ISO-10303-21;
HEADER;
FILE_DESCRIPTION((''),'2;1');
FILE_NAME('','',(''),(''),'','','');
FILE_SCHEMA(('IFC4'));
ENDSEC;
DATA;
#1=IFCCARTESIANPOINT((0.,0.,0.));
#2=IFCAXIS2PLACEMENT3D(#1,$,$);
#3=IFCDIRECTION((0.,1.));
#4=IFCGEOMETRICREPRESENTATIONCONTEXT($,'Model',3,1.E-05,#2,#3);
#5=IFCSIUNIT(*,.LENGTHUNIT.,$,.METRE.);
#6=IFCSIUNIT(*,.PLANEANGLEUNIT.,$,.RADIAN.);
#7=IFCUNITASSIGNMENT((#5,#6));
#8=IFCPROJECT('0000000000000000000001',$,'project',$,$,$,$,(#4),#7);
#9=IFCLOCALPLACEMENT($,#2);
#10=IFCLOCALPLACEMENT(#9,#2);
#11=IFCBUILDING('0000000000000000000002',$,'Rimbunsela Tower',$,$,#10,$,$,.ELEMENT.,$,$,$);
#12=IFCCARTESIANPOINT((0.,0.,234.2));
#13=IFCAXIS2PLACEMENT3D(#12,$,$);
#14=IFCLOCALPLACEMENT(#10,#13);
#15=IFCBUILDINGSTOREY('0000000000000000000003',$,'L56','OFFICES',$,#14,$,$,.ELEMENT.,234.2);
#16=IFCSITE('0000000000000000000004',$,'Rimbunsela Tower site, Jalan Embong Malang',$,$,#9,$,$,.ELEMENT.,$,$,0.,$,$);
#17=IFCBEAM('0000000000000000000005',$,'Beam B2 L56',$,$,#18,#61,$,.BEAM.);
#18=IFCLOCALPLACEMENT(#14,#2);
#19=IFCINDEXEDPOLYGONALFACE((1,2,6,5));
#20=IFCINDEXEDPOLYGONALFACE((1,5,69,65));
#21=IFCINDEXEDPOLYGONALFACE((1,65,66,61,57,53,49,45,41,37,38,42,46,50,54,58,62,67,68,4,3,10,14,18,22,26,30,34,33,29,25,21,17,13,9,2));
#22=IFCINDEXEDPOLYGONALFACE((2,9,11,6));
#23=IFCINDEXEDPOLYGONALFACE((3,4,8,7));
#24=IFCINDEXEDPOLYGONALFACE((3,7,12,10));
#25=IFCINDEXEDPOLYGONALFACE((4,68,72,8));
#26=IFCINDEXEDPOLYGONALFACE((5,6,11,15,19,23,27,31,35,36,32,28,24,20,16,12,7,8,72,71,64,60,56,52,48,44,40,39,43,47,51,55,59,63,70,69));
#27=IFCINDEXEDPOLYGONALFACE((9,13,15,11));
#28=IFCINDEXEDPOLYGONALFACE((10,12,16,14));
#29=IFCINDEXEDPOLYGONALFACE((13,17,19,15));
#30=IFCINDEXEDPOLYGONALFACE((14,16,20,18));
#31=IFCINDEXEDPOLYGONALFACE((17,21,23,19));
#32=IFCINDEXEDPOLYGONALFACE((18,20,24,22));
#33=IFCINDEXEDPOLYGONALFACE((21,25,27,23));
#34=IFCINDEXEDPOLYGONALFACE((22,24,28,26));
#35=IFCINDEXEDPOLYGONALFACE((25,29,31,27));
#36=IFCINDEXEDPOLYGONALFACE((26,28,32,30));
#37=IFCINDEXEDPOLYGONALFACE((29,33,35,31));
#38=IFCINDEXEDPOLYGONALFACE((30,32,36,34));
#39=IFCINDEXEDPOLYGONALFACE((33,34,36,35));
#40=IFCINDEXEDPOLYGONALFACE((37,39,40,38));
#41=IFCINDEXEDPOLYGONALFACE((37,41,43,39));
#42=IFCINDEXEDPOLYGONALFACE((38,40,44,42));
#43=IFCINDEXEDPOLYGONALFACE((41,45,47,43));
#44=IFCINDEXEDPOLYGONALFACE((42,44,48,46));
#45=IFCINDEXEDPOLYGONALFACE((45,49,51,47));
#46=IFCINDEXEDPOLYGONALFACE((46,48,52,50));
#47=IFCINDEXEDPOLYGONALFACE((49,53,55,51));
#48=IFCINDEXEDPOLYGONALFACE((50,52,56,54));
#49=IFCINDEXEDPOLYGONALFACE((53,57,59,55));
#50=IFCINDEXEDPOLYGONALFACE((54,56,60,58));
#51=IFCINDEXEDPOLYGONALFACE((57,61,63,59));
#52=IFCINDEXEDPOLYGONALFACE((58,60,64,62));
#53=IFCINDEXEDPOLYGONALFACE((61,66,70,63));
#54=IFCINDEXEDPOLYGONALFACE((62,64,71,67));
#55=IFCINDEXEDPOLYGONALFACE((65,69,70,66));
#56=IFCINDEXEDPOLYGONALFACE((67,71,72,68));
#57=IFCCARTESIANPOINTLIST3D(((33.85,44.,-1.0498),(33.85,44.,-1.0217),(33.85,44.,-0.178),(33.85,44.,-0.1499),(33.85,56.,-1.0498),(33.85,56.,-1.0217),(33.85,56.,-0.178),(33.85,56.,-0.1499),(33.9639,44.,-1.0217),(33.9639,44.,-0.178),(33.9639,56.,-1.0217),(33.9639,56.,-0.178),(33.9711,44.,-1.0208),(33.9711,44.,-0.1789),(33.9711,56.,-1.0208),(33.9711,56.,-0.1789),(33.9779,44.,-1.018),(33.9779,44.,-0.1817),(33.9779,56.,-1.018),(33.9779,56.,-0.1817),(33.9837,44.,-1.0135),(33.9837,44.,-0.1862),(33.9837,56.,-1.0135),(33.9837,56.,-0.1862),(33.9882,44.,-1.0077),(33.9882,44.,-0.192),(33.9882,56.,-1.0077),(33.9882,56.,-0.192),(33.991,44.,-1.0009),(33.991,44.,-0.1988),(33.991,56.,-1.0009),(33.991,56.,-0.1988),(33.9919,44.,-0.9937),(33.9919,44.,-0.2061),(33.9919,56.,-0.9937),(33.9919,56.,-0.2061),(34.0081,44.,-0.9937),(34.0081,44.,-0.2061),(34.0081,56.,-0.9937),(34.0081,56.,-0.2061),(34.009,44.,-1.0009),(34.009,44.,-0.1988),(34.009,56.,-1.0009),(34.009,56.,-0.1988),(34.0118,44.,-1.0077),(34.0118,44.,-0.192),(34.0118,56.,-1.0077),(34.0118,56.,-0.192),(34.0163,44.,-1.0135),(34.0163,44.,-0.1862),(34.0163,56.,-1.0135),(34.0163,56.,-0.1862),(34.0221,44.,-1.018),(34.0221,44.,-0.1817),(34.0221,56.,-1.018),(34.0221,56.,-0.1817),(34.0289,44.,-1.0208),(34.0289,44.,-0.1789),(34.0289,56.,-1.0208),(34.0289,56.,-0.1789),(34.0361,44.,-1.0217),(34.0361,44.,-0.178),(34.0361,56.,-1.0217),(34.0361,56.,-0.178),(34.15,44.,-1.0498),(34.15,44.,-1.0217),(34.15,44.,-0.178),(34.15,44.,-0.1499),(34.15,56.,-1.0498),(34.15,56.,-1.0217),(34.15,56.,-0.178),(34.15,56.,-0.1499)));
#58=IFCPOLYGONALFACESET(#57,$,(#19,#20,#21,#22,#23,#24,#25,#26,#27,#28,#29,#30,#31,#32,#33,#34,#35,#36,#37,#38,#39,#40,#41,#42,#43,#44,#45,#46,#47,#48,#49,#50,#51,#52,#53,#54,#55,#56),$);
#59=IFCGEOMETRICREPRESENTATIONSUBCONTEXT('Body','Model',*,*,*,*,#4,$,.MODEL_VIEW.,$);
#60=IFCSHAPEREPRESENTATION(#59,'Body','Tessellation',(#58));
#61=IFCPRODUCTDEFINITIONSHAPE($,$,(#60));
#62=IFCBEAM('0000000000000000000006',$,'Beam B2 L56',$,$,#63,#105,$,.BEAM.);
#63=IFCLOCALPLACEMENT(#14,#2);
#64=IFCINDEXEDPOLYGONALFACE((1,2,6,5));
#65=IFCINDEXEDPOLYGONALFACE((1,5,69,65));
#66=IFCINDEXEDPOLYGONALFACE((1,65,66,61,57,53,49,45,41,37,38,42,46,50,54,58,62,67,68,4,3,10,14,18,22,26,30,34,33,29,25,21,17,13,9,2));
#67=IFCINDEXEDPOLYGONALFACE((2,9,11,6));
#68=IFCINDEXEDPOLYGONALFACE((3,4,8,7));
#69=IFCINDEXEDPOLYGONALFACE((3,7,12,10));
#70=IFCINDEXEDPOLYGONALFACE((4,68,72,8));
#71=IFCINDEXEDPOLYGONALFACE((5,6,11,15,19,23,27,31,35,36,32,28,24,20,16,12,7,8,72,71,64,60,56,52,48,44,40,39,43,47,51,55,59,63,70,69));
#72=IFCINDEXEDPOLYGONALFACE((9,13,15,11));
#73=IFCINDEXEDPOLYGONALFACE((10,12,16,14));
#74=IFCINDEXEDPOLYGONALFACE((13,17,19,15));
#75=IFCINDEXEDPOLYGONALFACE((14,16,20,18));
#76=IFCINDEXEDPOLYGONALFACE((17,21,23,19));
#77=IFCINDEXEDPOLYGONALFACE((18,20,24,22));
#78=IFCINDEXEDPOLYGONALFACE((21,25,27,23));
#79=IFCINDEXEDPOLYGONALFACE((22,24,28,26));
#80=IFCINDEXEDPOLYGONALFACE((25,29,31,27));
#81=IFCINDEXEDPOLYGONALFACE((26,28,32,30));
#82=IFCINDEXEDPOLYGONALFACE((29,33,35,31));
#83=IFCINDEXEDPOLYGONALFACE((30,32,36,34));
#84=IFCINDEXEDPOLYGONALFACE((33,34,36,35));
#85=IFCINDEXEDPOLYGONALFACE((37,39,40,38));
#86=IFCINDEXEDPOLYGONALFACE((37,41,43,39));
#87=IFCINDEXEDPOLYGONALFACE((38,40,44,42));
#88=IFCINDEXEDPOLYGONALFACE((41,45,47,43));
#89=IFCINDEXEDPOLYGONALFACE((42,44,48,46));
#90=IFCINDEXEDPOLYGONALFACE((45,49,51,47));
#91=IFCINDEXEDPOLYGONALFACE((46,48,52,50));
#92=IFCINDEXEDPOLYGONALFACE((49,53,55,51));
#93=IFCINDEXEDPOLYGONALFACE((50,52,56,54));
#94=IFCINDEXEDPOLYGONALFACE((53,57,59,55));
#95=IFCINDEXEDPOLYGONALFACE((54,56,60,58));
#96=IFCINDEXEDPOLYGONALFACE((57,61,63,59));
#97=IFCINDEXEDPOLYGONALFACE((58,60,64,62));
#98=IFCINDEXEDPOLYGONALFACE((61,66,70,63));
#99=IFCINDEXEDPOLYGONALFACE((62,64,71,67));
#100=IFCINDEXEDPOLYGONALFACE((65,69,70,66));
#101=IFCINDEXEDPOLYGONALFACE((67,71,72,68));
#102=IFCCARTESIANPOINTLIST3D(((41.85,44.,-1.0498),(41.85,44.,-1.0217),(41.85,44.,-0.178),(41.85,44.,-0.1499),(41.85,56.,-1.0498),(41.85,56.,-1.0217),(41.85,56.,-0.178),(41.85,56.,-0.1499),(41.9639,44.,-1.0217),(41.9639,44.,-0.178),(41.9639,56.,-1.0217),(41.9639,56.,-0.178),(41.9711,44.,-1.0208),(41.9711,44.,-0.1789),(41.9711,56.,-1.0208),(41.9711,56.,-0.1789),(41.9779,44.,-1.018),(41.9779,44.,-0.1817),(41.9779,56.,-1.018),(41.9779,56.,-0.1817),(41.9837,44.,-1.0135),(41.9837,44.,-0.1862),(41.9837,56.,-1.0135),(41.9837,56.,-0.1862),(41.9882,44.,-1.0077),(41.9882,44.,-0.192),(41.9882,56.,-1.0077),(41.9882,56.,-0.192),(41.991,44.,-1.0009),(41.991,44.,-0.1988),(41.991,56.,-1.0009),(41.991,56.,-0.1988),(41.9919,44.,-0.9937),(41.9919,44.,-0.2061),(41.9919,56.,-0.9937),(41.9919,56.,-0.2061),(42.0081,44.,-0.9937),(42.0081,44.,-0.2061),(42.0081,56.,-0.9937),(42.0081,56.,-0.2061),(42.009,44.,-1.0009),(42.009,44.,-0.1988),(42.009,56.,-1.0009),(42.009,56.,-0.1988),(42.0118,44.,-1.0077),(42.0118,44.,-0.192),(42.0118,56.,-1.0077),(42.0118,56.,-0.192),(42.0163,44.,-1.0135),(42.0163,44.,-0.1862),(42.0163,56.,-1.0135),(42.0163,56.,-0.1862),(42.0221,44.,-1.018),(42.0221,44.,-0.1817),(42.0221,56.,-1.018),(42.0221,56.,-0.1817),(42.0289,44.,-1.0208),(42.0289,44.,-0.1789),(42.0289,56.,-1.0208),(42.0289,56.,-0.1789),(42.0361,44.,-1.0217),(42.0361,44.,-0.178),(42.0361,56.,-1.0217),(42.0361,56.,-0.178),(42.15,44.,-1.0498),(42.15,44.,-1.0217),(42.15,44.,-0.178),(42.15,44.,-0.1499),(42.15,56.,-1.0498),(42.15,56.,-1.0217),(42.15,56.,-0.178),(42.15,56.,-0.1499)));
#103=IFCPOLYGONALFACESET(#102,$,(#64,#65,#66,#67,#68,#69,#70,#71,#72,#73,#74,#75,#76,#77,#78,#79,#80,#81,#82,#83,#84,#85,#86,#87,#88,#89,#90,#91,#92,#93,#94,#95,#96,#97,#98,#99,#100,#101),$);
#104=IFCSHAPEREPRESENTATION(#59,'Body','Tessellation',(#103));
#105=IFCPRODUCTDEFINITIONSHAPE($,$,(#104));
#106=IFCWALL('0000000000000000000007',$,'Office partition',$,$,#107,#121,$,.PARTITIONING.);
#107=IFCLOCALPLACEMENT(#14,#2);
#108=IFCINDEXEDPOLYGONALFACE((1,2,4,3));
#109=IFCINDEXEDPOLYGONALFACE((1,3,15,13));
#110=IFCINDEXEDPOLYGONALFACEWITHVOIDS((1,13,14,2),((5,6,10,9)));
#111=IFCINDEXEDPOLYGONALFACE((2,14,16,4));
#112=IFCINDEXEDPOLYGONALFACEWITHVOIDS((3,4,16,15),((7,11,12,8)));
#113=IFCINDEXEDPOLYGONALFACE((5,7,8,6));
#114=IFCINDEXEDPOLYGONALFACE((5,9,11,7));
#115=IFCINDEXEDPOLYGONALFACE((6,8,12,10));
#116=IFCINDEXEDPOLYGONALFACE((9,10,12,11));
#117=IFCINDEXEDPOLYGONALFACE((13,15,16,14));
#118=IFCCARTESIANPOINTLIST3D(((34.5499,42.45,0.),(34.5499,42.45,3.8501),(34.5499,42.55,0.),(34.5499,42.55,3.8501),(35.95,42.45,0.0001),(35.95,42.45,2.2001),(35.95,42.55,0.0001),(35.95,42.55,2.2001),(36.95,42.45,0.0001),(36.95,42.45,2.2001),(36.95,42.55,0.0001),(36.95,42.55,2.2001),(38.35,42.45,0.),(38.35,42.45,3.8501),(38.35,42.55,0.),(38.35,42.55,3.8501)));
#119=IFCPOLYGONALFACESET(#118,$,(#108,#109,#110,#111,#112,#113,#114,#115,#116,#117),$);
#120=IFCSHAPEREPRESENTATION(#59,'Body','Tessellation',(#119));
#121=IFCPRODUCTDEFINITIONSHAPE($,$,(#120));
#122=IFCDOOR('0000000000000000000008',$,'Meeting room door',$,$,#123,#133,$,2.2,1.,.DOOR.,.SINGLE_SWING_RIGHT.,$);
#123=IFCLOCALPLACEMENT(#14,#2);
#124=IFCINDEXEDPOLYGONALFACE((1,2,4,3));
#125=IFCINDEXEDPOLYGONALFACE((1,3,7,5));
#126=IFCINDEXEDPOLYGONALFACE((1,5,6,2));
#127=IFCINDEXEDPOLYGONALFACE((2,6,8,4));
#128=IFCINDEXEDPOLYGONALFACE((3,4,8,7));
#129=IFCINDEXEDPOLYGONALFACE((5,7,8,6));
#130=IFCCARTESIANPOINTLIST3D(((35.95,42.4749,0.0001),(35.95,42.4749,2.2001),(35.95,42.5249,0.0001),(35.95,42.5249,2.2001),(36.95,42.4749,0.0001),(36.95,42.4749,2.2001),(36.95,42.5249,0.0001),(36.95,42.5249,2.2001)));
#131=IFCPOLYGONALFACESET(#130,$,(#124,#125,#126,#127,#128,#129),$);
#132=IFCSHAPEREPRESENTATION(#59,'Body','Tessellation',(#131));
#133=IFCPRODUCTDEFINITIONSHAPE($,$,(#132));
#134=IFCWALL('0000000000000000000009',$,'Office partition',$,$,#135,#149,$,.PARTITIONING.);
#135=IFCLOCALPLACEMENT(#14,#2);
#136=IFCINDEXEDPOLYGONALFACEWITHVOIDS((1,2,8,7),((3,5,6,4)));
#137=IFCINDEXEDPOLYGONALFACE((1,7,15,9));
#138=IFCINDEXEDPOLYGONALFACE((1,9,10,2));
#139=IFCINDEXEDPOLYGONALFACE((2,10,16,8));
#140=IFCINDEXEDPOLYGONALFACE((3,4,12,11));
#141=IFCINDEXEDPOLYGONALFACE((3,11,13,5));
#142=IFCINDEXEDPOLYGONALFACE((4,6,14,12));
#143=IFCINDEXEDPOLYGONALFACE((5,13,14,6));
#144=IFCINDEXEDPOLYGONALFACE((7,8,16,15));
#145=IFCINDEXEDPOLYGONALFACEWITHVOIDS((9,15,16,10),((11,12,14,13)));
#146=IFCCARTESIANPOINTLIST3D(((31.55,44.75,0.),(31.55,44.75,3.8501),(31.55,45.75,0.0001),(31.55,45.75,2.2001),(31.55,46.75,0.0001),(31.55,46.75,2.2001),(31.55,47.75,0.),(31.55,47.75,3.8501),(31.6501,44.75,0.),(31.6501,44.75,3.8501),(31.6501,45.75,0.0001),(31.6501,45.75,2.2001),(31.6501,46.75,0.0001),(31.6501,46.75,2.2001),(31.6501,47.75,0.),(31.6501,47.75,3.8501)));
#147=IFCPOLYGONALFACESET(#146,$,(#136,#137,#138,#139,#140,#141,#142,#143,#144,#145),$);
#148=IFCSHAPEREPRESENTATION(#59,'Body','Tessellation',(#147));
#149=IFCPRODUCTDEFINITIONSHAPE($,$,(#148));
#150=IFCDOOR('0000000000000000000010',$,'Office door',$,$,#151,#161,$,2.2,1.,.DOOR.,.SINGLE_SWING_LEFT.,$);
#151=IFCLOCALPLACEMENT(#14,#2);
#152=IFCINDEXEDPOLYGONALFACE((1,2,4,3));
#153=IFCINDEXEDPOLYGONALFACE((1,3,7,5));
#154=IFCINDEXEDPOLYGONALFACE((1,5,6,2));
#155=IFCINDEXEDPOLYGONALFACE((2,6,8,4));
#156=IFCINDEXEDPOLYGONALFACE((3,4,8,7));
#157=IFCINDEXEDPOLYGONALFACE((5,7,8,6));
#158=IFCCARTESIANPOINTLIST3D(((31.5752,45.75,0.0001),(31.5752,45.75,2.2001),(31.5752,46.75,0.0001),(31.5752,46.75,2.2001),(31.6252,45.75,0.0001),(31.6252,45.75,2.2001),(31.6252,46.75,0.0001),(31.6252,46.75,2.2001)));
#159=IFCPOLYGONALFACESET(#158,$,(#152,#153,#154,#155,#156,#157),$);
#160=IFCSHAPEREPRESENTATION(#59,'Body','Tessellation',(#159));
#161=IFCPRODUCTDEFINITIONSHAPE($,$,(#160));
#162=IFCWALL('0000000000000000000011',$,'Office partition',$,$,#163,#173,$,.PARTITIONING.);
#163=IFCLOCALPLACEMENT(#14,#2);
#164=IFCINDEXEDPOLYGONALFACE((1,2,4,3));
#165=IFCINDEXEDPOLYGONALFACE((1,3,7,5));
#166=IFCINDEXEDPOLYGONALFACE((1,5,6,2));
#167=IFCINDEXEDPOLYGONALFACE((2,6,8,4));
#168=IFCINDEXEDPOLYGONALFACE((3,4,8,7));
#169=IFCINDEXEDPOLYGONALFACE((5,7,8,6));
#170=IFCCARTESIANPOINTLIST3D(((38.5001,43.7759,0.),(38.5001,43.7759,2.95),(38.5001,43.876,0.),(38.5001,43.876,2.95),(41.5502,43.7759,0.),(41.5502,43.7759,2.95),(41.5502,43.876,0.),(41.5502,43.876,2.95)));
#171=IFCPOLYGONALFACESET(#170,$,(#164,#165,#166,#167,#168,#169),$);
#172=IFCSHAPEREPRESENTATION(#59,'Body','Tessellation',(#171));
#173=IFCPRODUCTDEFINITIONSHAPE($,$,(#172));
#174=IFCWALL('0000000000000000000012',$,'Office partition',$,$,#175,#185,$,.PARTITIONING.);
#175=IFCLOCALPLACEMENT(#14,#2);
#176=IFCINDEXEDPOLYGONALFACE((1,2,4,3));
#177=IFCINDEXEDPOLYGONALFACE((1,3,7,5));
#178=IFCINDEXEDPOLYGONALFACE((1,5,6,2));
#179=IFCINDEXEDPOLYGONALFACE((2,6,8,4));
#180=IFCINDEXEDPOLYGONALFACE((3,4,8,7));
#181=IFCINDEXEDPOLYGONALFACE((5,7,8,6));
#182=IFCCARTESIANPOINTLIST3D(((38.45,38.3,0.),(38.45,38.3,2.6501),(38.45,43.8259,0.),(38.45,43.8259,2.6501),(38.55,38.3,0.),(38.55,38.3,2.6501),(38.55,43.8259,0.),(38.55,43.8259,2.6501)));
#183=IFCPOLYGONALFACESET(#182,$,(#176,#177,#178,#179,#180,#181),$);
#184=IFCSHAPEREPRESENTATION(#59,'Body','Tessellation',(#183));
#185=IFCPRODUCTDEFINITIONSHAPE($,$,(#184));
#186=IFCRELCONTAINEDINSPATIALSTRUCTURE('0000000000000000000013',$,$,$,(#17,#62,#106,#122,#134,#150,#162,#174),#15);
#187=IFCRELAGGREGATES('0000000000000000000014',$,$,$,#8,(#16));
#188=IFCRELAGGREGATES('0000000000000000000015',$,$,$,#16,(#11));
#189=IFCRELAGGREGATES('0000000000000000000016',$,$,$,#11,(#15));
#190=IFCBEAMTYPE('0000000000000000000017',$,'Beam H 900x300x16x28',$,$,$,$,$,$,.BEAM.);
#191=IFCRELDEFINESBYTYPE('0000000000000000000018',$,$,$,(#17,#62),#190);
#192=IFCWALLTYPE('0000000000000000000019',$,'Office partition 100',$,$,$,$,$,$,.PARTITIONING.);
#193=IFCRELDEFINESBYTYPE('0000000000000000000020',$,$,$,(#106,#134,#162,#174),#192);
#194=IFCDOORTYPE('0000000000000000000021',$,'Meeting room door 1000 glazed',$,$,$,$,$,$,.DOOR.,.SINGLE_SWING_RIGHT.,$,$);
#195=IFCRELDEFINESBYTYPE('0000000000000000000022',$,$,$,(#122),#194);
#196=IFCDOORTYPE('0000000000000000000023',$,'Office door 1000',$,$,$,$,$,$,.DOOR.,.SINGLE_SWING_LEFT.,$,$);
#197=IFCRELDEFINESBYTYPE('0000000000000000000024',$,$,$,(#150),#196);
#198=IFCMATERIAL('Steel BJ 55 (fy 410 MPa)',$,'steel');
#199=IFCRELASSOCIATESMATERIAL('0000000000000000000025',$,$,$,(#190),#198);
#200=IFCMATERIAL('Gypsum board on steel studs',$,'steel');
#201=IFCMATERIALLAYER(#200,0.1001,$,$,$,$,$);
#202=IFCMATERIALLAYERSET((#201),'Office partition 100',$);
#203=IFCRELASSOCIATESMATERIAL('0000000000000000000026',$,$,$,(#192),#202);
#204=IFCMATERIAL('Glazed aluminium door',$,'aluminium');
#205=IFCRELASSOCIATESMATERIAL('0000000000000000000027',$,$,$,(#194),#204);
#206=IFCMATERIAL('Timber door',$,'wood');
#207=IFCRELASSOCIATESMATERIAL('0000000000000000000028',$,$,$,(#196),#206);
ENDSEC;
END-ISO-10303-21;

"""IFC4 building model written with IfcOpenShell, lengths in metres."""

from ifc_helpers import new_model, si_unit, direction, frame, frame_2d, origin, origin_2d, place, context, subcontext, project, spatial, rectangle, i_section, extrude, material, layer, layer_set, material_profile, profile_set, type_object, element, fill, save


model = new_model("IFC4")

# Units and contexts
model_context = context("Model", 3, precision=1e-05, world=origin(), true_north=direction((0.0, 1.0)))
body_context = subcontext(model_context, "Body", "Model", "MODEL_VIEW")
ifc_project = project(units=[si_unit("LENGTHUNIT", "METRE"), si_unit("PLANEANGLEUNIT", "RADIAN")], contexts=[model_context])

# Site, building, storey
site_placement = place(None, origin())
site = spatial("IfcSite", under=ifc_project, at=site_placement, Name="Rimbunsela Tower site, Jalan Embong Malang", CompositionType="ELEMENT", RefElevation=0.0)
building_placement = place(site_placement, origin())
building = spatial("IfcBuilding", under=site, at=building_placement, Name="Rimbunsela Tower", CompositionType="ELEMENT")
storey_placement = place(building_placement, frame((0.0, 0.0, 234.2)))
storey = spatial("IfcBuildingStorey", under=building, at=storey_placement, Name="L56", Description="OFFICES", CompositionType="ELEMENT", Elevation=234.2)

# Beams
ifc_material_1 = material(Name="Steel BJ 55 (fy 410 MPa)", Category="steel")
ifc_material_profile_1 = material_profile(ifc_material_1, i_section(OverallWidth=0.3, OverallDepth=0.8999, WebThickness=0.0161, FlangeThickness=0.0281, FilletRadius=0.0281, at=origin_2d()), Name="H 900x300x16x28")
ifc_profile_set_1 = profile_set([ifc_material_profile_1], Name="Steel BJ 55 (fy 410 MPa)")
beam_type_1 = type_object("IfcBeamType", Name="Beam H 900x300x16x28", PredefinedType="BEAM", material=ifc_profile_set_1)
for number, where, z_axis, x_axis, name in (
    (1, (34.0, 44.0, -0.5999), (0.0, 1.0, 0.0), (-1.0, 0.0, 0.0), "Beam B2 L56"),
    (2, (42.0, 44.0, -0.5999), (0.0, 1.0, 0.0), (-1.0, 0.0, 0.0), "Beam B2 L56"),
):
    element("IfcBeam", number, at=place(storey_placement, frame(where, z_axis=z_axis, x_axis=x_axis)), inside=storey, type_object=beam_type_1, Name=name, PredefinedType="BEAM", context=body_context, shape_type="SweptSolid", body=[
        extrude(i_section(OverallWidth=0.3, OverallDepth=0.8999, WebThickness=0.0161, FlangeThickness=0.0281, FilletRadius=0.0281, at=origin_2d()), origin(), (0.0, 0.0, 1.0), 12.0),
    ])

# Walls, openings, doors
ifc_material_2 = material(Name="Gypsum board on steel studs", Category="steel")
ifc_layer_1 = layer(ifc_material_2, 0.1001)
ifc_layer_set_1 = layer_set([ifc_layer_1], Name="Office partition 100")
wall_type_1 = type_object("IfcWallType", Name="Office partition 100", PredefinedType="PARTITIONING", material=ifc_layer_set_1)
wall_1_placement = place(storey_placement, frame((34.55, 42.5, 0.0), z_axis=(0.0, 0.0, 1.0), x_axis=(1.0, 0.0, 0.0)))
wall_1 = element("IfcWall", 3, at=wall_1_placement, inside=storey, type_object=wall_type_1, Name="Office partition", PredefinedType="PARTITIONING", context=body_context, shape_type="SweptSolid", body=[
    extrude(rectangle(XDim=3.8, YDim=0.1001, at=frame_2d((1.8999, 0.0))), origin(), (0.0, 0.0, 1.0), 3.8501),
])
opening_1_placement = place(wall_1_placement, frame((1.3999, 0.0, 0.0)))
opening_1 = element("IfcOpeningElement", 4, at=opening_1_placement, cuts=wall_1, PredefinedType="OPENING", context=body_context, shape_type="SweptSolid", body=[
    extrude(rectangle(XDim=1.0, YDim=2.2, at=frame_2d((0.5, 1.1001))), frame((0.0, 0.0601, 0.0), z_axis=(0.0, -1.0, 0.0), x_axis=(1.0, 0.0, 0.0)), (0.0, 0.0, 1.0), 0.1201),
])
ifc_material_3 = material(Name="Glazed aluminium door", Category="aluminium")
door_type_1 = type_object("IfcDoorType", Name="Meeting room door 1000 glazed", OperationType="SINGLE_SWING_RIGHT", PredefinedType="DOOR", material=ifc_material_3)
door_1_placement = place(opening_1_placement, origin())
door_1 = element("IfcDoor", 5, at=door_1_placement, inside=storey, type_object=door_type_1, Name="Meeting room door", OperationType="SINGLE_SWING_RIGHT", OverallHeight=2.2, OverallWidth=1.0, PredefinedType="DOOR", context=body_context, shape_type="SweptSolid", body=[
    extrude(rectangle(XDim=1.0, YDim=2.2, at=frame_2d((0.5, 1.1001))), frame((0.0, 0.0249, 0.0), z_axis=(0.0, -1.0, 0.0), x_axis=(1.0, 0.0, 0.0)), (0.0, 0.0, 1.0), 0.05),
])
fill(opening_1, door_1)
wall_2_placement = place(storey_placement, frame((31.6001, 44.75, 0.0), z_axis=(0.0, 0.0, 1.0), x_axis=(0.0, 1.0, 0.0)))
wall_2 = element("IfcWall", 6, at=wall_2_placement, inside=storey, type_object=wall_type_1, Name="Office partition", PredefinedType="PARTITIONING", context=body_context, shape_type="SweptSolid", body=[
    extrude(rectangle(XDim=3.0, YDim=0.1001, at=frame_2d((1.5, 0.0))), origin(), (0.0, 0.0, 1.0), 3.8501),
])
opening_2_placement = place(wall_2_placement, frame((1.0, 0.0, 0.0)))
opening_2 = element("IfcOpeningElement", 7, at=opening_2_placement, cuts=wall_2, PredefinedType="OPENING", context=body_context, shape_type="SweptSolid", body=[
    extrude(rectangle(XDim=1.0, YDim=2.2, at=frame_2d((0.5, 1.1001))), frame((0.0, 0.0601, 0.0), z_axis=(0.0, -1.0, 0.0), x_axis=(1.0, 0.0, 0.0)), (0.0, 0.0, 1.0), 0.1201),
])
ifc_material_4 = material(Name="Timber door", Category="wood")
door_type_2 = type_object("IfcDoorType", Name="Office door 1000", OperationType="SINGLE_SWING_LEFT", PredefinedType="DOOR", material=ifc_material_4)
door_2_placement = place(opening_2_placement, origin())
door_2 = element("IfcDoor", 8, at=door_2_placement, inside=storey, type_object=door_type_2, Name="Office door", OperationType="SINGLE_SWING_LEFT", OverallHeight=2.2, OverallWidth=1.0, PredefinedType="DOOR", context=body_context, shape_type="SweptSolid", body=[
    extrude(rectangle(XDim=1.0, YDim=2.2, at=frame_2d((0.5, 1.1001))), frame((0.0, 0.0249, 0.0), z_axis=(0.0, -1.0, 0.0), x_axis=(1.0, 0.0, 0.0)), (0.0, 0.0, 1.0), 0.05),
])
fill(opening_2, door_2)

# Walls
wall_3_placement = place(storey_placement, frame((41.55, 43.8259, 0.0), z_axis=(0.0, 0.0, 1.0), x_axis=(-1.0, 0.0, 0.0)))
element("IfcWall", 9, at=wall_3_placement, inside=storey, type_object=wall_type_1, Name="Office partition", PredefinedType="PARTITIONING", context=body_context, shape_type="SweptSolid", body=[
    extrude(rectangle(XDim=3.05, YDim=0.1001, at=frame_2d((1.5249, 0.0))), origin(), (0.0, 0.0, 1.0), 2.95),
])
wall_4_placement = place(storey_placement, frame((38.5, 43.8259, 0.0), z_axis=(0.0, 0.0, 1.0), x_axis=(0.0, -1.0, 0.0)))
element("IfcWall", 10, at=wall_4_placement, inside=storey, type_object=wall_type_1, Name="Office partition", PredefinedType="PARTITIONING", context=body_context, shape_type="SweptSolid", body=[
    extrude(rectangle(XDim=5.5259, YDim=0.1001, at=frame_2d((2.7629, 0.0))), origin(), (0.0, 0.0, 1.0), 2.6501),
])

save(model, "model.ifc")
